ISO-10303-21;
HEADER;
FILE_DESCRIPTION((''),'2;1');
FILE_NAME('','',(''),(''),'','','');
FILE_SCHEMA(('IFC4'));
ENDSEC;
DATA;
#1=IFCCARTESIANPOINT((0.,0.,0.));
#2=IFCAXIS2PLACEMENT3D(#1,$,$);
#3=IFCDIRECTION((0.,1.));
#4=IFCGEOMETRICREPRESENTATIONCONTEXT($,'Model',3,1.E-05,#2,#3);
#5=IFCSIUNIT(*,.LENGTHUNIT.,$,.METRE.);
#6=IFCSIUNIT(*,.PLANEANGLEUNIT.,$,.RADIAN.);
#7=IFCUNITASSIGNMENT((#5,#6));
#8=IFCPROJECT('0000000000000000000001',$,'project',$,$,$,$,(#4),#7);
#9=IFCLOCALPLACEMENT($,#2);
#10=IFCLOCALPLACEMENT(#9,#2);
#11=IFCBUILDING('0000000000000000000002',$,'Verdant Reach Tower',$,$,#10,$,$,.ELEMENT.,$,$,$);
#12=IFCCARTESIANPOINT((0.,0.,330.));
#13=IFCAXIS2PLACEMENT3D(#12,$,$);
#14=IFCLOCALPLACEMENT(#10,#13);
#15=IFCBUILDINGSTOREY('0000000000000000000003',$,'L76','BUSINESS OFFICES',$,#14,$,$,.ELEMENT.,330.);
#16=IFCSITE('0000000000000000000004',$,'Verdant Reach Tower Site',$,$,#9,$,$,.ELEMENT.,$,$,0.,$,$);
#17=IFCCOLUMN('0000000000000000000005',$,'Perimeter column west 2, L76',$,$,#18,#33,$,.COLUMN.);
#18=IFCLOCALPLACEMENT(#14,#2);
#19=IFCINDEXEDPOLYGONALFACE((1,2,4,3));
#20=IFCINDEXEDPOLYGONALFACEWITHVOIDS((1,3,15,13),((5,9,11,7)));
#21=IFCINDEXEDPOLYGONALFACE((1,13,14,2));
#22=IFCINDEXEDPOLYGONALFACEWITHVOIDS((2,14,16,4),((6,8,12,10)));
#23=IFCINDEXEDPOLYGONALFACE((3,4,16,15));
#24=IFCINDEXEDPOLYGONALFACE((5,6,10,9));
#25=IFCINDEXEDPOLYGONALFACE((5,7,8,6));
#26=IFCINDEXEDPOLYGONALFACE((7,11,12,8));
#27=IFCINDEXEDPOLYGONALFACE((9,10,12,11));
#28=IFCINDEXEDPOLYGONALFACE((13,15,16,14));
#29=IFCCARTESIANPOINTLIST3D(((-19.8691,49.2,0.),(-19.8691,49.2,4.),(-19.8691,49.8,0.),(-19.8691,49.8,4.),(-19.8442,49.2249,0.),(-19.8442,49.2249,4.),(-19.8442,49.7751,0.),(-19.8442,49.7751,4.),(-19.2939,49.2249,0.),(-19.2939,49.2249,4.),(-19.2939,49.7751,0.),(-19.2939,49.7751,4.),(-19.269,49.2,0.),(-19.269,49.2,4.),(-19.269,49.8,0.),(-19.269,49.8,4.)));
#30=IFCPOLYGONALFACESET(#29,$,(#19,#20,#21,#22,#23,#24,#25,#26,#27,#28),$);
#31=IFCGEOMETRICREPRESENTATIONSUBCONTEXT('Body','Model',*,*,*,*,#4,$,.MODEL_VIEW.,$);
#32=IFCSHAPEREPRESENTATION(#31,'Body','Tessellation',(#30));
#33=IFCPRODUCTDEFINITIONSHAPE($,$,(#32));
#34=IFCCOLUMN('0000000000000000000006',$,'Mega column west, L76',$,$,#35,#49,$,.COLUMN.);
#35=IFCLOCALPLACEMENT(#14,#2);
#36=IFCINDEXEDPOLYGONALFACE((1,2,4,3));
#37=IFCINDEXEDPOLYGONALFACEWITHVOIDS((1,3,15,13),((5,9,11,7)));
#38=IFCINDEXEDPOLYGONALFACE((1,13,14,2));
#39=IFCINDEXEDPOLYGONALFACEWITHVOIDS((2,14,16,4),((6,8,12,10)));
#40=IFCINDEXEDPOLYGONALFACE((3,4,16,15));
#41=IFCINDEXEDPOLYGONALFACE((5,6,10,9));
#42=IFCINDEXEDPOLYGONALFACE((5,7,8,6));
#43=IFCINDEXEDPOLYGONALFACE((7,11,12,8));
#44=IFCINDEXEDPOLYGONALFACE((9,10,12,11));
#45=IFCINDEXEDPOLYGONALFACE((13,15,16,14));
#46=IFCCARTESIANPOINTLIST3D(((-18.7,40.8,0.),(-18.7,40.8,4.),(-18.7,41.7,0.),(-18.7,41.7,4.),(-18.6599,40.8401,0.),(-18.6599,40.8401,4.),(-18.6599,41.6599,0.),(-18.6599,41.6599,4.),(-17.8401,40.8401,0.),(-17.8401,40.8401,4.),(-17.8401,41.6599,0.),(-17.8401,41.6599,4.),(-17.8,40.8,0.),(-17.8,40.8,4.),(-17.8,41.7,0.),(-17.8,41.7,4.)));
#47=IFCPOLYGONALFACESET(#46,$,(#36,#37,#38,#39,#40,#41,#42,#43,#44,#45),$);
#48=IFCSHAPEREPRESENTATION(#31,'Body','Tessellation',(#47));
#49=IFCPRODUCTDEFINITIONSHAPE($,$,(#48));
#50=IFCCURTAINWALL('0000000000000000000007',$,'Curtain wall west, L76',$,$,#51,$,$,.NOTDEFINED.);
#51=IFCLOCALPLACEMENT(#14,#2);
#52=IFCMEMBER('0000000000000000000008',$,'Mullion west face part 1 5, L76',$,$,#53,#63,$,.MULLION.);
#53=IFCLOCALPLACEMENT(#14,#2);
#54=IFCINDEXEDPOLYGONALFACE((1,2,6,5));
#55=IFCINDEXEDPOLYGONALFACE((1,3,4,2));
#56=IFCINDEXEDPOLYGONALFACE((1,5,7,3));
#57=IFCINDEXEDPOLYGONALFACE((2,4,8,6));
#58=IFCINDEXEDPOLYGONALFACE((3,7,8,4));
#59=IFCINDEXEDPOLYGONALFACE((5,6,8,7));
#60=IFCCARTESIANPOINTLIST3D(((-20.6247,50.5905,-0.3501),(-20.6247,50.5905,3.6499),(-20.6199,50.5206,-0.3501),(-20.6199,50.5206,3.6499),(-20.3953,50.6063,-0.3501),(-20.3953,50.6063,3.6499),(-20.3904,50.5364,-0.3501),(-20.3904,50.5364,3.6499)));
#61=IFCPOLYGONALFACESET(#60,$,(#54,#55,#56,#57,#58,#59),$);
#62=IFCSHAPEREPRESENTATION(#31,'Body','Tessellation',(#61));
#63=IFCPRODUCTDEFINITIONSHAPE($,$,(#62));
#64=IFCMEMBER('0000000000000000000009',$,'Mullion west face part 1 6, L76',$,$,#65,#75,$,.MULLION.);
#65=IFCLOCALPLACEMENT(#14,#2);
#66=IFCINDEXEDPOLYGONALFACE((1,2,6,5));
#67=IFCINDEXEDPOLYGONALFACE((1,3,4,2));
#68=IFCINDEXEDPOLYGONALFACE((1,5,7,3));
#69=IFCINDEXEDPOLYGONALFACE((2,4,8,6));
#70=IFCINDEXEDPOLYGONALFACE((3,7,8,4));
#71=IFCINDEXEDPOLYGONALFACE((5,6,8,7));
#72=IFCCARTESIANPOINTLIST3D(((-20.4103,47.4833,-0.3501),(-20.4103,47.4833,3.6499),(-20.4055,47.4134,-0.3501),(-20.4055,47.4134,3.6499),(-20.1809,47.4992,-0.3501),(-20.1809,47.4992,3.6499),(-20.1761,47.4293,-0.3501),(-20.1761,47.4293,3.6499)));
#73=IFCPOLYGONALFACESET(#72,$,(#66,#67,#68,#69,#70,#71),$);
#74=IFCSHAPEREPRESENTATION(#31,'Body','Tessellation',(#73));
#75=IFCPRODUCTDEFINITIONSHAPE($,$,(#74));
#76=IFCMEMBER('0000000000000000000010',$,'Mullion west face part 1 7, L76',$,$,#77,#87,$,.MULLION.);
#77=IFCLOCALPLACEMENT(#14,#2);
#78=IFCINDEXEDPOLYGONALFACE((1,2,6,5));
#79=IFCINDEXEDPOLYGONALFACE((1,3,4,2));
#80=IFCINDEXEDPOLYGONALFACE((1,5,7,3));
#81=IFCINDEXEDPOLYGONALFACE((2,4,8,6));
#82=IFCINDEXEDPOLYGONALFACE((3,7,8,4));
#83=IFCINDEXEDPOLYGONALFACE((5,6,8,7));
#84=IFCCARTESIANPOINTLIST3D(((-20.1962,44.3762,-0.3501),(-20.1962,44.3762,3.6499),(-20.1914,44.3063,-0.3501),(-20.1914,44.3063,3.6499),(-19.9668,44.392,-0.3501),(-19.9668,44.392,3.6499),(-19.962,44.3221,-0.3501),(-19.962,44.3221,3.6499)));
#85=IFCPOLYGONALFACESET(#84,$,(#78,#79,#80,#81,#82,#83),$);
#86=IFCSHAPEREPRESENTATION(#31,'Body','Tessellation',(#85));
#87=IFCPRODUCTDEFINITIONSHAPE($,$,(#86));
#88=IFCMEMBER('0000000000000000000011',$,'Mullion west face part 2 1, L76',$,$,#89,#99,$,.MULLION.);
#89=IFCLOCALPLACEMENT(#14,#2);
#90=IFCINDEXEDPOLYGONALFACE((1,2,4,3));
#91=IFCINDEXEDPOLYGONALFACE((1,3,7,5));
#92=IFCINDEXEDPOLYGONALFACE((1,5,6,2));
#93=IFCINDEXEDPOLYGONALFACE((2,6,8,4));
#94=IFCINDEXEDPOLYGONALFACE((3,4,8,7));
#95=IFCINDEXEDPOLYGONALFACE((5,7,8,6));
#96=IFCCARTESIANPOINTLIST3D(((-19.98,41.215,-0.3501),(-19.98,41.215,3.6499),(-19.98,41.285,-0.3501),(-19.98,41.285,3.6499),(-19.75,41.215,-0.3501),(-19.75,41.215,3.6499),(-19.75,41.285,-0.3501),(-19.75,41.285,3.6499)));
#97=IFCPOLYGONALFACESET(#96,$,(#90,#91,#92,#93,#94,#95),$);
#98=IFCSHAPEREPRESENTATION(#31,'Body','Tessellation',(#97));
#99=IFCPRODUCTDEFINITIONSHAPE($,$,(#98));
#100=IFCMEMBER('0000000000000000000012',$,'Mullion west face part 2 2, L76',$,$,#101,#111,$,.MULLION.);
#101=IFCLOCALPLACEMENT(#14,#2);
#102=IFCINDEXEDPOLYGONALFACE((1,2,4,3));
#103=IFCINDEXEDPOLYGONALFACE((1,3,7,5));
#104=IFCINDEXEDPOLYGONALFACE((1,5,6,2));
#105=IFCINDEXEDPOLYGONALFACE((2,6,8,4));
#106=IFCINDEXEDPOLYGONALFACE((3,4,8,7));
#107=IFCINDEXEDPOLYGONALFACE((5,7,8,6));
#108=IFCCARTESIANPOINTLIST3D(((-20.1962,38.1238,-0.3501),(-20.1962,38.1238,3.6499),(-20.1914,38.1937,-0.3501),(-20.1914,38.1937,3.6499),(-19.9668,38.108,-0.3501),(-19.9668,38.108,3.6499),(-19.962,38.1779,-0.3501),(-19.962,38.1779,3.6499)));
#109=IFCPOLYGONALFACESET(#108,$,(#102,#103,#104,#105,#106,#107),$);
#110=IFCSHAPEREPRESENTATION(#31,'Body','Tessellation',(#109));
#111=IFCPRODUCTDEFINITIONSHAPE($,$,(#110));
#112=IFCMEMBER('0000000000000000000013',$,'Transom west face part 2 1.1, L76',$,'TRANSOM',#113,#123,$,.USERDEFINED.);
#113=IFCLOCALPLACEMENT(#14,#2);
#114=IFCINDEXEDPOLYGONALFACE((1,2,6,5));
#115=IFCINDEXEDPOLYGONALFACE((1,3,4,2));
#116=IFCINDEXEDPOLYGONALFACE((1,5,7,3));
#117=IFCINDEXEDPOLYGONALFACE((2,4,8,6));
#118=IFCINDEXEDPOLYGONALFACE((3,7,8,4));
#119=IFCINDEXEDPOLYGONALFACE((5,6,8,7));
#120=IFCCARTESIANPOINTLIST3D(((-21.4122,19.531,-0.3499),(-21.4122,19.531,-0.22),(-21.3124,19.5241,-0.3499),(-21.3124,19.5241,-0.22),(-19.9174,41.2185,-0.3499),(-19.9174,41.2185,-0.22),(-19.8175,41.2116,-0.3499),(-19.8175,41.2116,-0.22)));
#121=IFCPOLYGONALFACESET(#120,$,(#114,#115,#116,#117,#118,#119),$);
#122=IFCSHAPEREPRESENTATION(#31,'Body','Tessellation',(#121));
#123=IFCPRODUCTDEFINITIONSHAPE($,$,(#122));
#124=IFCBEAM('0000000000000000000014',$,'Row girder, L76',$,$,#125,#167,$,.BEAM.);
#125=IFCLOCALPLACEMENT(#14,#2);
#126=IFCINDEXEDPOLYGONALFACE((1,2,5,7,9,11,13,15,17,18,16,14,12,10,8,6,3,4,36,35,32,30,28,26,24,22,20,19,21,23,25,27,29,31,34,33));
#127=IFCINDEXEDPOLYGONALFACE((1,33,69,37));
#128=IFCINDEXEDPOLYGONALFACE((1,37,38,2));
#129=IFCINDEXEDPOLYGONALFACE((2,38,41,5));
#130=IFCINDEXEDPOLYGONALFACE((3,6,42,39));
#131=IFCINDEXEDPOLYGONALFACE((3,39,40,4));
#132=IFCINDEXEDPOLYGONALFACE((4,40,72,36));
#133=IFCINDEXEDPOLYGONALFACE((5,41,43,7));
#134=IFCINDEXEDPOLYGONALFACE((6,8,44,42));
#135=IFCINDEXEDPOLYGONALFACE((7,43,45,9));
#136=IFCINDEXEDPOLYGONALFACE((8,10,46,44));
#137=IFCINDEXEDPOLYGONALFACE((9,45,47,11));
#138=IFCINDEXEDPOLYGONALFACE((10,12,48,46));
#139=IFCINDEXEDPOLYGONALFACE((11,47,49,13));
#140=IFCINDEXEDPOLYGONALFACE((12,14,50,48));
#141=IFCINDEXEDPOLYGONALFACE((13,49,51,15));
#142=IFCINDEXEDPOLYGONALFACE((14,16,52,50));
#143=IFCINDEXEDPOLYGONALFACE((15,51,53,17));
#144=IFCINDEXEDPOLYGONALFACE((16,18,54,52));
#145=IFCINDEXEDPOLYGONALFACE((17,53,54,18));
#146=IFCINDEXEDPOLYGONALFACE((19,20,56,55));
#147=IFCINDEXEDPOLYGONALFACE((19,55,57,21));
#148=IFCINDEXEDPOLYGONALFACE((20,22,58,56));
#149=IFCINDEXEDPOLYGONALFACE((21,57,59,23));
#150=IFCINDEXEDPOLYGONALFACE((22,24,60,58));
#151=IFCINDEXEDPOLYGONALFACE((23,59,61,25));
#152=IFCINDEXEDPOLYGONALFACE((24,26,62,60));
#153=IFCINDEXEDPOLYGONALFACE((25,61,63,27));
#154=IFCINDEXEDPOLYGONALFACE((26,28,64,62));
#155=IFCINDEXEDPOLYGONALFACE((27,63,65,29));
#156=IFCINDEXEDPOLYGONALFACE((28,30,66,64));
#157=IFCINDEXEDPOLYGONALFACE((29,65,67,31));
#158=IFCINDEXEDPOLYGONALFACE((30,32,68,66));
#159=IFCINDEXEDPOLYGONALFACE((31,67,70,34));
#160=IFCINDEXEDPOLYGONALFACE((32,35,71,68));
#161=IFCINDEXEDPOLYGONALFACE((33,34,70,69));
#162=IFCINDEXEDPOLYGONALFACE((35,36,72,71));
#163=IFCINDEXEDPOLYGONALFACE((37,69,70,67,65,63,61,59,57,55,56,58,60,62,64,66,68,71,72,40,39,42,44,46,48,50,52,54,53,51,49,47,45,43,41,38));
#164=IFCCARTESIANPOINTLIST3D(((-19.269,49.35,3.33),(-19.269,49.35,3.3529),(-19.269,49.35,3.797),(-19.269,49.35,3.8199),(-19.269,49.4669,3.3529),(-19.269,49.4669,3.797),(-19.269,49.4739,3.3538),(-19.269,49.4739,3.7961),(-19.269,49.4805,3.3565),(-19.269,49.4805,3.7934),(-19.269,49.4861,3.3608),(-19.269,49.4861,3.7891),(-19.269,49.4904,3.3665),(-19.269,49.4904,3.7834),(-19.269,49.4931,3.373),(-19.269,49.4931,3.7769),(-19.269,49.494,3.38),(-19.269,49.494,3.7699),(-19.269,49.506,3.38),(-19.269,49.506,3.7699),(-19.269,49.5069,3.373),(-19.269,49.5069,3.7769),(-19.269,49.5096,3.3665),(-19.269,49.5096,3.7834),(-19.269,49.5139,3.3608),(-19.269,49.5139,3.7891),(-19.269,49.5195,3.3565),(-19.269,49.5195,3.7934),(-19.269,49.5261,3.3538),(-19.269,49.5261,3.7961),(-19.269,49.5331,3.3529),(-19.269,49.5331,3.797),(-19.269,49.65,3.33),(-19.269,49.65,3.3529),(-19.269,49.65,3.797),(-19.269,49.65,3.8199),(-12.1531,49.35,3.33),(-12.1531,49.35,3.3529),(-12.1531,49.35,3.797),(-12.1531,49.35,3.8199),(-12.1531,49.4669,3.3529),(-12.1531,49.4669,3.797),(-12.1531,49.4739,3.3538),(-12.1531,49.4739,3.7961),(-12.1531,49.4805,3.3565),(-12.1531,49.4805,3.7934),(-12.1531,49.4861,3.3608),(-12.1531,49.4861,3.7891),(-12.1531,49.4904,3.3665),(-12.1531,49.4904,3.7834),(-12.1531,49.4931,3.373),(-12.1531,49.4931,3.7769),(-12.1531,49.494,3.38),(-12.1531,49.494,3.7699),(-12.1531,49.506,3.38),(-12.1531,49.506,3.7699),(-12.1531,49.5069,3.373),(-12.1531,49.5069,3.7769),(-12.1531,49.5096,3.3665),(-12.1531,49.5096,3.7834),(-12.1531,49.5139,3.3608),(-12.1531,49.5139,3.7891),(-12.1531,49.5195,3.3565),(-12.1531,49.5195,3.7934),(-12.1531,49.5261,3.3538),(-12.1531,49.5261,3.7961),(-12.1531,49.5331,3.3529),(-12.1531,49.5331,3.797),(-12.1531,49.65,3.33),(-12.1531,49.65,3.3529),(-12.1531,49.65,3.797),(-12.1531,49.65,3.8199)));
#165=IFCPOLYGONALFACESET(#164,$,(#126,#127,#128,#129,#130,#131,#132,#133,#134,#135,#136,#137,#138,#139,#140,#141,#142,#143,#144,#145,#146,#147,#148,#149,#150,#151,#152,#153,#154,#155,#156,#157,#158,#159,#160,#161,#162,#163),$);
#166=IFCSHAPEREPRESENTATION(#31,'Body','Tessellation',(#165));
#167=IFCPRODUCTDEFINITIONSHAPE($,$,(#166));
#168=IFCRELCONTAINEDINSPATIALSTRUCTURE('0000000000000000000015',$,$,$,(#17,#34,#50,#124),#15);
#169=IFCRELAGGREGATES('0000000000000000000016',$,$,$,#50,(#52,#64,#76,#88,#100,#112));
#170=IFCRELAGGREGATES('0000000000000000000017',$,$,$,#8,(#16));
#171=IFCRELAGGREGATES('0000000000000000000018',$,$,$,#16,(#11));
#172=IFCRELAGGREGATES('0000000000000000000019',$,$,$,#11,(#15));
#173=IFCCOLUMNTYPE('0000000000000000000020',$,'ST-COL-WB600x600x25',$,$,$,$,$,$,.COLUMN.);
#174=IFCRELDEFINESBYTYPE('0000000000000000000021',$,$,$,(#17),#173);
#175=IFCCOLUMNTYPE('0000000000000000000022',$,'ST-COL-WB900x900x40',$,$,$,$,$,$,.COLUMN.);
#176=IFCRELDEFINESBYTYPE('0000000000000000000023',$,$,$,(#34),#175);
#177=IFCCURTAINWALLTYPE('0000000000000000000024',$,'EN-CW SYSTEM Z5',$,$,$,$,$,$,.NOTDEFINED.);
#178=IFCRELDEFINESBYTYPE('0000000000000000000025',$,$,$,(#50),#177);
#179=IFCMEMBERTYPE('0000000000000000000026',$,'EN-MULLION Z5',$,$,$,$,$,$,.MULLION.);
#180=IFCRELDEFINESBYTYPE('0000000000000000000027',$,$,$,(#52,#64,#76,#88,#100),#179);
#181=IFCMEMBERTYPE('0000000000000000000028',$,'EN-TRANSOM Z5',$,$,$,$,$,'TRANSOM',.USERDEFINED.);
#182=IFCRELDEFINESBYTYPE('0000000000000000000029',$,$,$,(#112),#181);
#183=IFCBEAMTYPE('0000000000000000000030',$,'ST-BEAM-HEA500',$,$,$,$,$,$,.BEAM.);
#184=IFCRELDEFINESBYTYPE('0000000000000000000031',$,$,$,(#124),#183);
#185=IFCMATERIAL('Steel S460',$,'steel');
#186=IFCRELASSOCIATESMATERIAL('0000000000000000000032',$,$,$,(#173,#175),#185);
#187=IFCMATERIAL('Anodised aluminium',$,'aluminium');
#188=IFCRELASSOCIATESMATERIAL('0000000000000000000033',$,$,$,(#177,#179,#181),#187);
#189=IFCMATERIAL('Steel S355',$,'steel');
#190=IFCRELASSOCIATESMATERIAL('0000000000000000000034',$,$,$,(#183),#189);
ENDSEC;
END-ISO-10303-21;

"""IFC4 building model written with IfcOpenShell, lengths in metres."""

from ifc_helpers import new_model, si_unit, direction, frame, origin, origin_2d, place, context, subcontext, project, spatial, rectangle, hollow_rectangle, i_section, extrude, material, material_profile, profile_set, type_object, element, aggregate, save


model = new_model("IFC4")

# Units and contexts
model_context = context("Model", 3, precision=1e-05, world=origin(), true_north=direction((0.0, 1.0)))
body_context = subcontext(model_context, "Body", "Model", "MODEL_VIEW")
ifc_project = project(units=[si_unit("LENGTHUNIT", "METRE"), si_unit("PLANEANGLEUNIT", "RADIAN")], contexts=[model_context])

# Site, building, storey
site_placement = place(None, origin())
site = spatial("IfcSite", under=ifc_project, at=site_placement, Name="Verdant Reach Tower Site", CompositionType="ELEMENT", RefElevation=0.0)
building_placement = place(site_placement, origin())
building = spatial("IfcBuilding", under=site, at=building_placement, Name="Verdant Reach Tower", CompositionType="ELEMENT")
storey_placement = place(building_placement, frame((0.0, 0.0, 330.0)))
storey = spatial("IfcBuildingStorey", under=building, at=storey_placement, Name="L76", Description="BUSINESS OFFICES", CompositionType="ELEMENT", Elevation=330.0)

# Columns
ifc_material_1 = material(Name="Steel S460", Category="steel")
ifc_material_profile_1 = material_profile(ifc_material_1, hollow_rectangle(XDim=0.6001, YDim=0.6001, WallThickness=0.0249, at=origin_2d()), Name="WB 600x600x25")
ifc_profile_set_1 = profile_set([ifc_material_profile_1], Name="Steel S460")
column_type_1 = type_object("IfcColumnType", Name="ST-COL-WB600x600x25", PredefinedType="COLUMN", material=ifc_profile_set_1)
column_1_placement = place(storey_placement, frame((-19.5691, 49.5, 0.0), z_axis=(0.0, 0.0, 1.0), x_axis=(1.0, 0.0, 0.0)))
element("IfcColumn", 1, at=column_1_placement, inside=storey, type_object=column_type_1, Name="Perimeter column west 2, L76", PredefinedType="COLUMN", context=body_context, shape_type="SweptSolid", body=[
    extrude(hollow_rectangle(XDim=0.6001, YDim=0.6001, WallThickness=0.0249, at=origin_2d()), origin(), (0.0, 0.0, 1.0), 4.0),
])
ifc_material_profile_2 = material_profile(ifc_material_1, hollow_rectangle(XDim=0.8999, YDim=0.8999, WallThickness=0.04, at=origin_2d()), Name="WB 900x900x40")
ifc_profile_set_2 = profile_set([ifc_material_profile_2], Name="Steel S460")
column_type_2 = type_object("IfcColumnType", Name="ST-COL-WB900x900x40", PredefinedType="COLUMN", material=ifc_profile_set_2)
column_2_placement = place(storey_placement, frame((-18.25, 41.25, 0.0), z_axis=(0.0, 0.0, 1.0), x_axis=(1.0, 0.0, 0.0)))
element("IfcColumn", 2, at=column_2_placement, inside=storey, type_object=column_type_2, Name="Mega column west, L76", PredefinedType="COLUMN", context=body_context, shape_type="SweptSolid", body=[
    extrude(hollow_rectangle(XDim=0.8999, YDim=0.8999, WallThickness=0.04, at=origin_2d()), origin(), (0.0, 0.0, 1.0), 4.0),
])

# Curtain wall, members
ifc_material_2 = material(Name="Anodised aluminium", Category="aluminium")
curtain_wall_type = type_object("IfcCurtainWallType", Name="EN-CW SYSTEM Z5", PredefinedType="NOTDEFINED", material=ifc_material_2)
curtain_wall_placement = place(storey_placement, origin())
curtain_wall = element("IfcCurtainWall", 3, at=curtain_wall_placement, inside=storey, type_object=curtain_wall_type, Name="Curtain wall west, L76", PredefinedType="NOTDEFINED")
ifc_material_profile_3 = material_profile(ifc_material_2, rectangle(XDim=0.23, YDim=0.0701, at=origin_2d()), Name="Mullion 70x230")
ifc_profile_set_3 = profile_set([ifc_material_profile_3], Name="Anodised aluminium")
member_type_1 = type_object("IfcMemberType", Name="EN-MULLION Z5", PredefinedType="MULLION", material=ifc_profile_set_3)
member_1_placement = place(storey_placement, frame((-20.5076, 50.5635, -0.3501), z_axis=(0.0, 0.0, 1.0), x_axis=(-0.99763, -0.068802, 0.0)))
member_1 = element("IfcMember", 4, at=member_1_placement, type_object=member_type_1, Name="Mullion west face part 1 5, L76", PredefinedType="MULLION", context=body_context, shape_type="SweptSolid", body=[
    extrude(rectangle(XDim=0.23, YDim=0.0701, at=origin_2d()), origin(), (0.0, 0.0, 1.0), 4.0),
])
member_2_placement = place(storey_placement, frame((-20.2932, 47.4563, -0.3501), z_axis=(0.0, 0.0, 1.0), x_axis=(-0.99763, -0.068802, 0.0)))
member_2 = element("IfcMember", 5, at=member_2_placement, type_object=member_type_1, Name="Mullion west face part 1 6, L76", PredefinedType="MULLION", context=body_context, shape_type="SweptSolid", body=[
    extrude(rectangle(XDim=0.23, YDim=0.0701, at=origin_2d()), origin(), (0.0, 0.0, 1.0), 4.0),
])
member_3_placement = place(storey_placement, frame((-20.0791, 44.3491, -0.3501), z_axis=(0.0, 0.0, 1.0), x_axis=(-0.99763, -0.068802, 0.0)))
member_3 = element("IfcMember", 6, at=member_3_placement, type_object=member_type_1, Name="Mullion west face part 1 7, L76", PredefinedType="MULLION", context=body_context, shape_type="SweptSolid", body=[
    extrude(rectangle(XDim=0.23, YDim=0.0701, at=origin_2d()), origin(), (0.0, 0.0, 1.0), 4.0),
])
member_4_placement = place(storey_placement, frame((-19.865, 41.25, -0.3501), z_axis=(0.0, 0.0, 1.0), x_axis=(-1.0, 0.0, 0.0)))
member_4 = element("IfcMember", 7, at=member_4_placement, type_object=member_type_1, Name="Mullion west face part 2 1, L76", PredefinedType="MULLION", context=body_context, shape_type="SweptSolid", body=[
    extrude(rectangle(XDim=0.23, YDim=0.0701, at=origin_2d()), origin(), (0.0, 0.0, 1.0), 4.0),
])
member_5_placement = place(storey_placement, frame((-20.0791, 38.1509, -0.3501), z_axis=(0.0, 0.0, 1.0), x_axis=(-0.99763, 0.068802, 0.0)))
member_5 = element("IfcMember", 8, at=member_5_placement, type_object=member_type_1, Name="Mullion west face part 2 2, L76", PredefinedType="MULLION", context=body_context, shape_type="SweptSolid", body=[
    extrude(rectangle(XDim=0.23, YDim=0.0701, at=origin_2d()), origin(), (0.0, 0.0, 1.0), 4.0),
])
ifc_material_profile_4 = material_profile(ifc_material_2, rectangle(XDim=0.1001, YDim=0.1299, at=origin_2d()), Name="Transom 130x100")
ifc_profile_set_4 = profile_set([ifc_material_profile_4], Name="Anodised aluminium")
member_type_2 = type_object("IfcMemberType", Name="EN-TRANSOM Z5", ElementType="TRANSOM", PredefinedType="USERDEFINED", material=ifc_profile_set_4)
member_6_placement = place(storey_placement, frame((-19.8674, 41.2151, -0.2849), z_axis=(-0.068765, -0.997633, 0.0), x_axis=(0.997633, -0.068765, 0.0)))
member_6 = element("IfcMember", 9, at=member_6_placement, type_object=member_type_2, Name="Transom west face part 2 1.1, L76", ObjectType="TRANSOM", PredefinedType="USERDEFINED", context=body_context, shape_type="SweptSolid", body=[
    extrude(rectangle(XDim=0.1001, YDim=0.1299, at=origin_2d()), origin(), (0.0, 0.0, 1.0), 21.739),
])

# Beam
ifc_material_3 = material(Name="Steel S355", Category="steel")
ifc_material_profile_5 = material_profile(ifc_material_3, i_section(OverallWidth=0.3, OverallDepth=0.49, WebThickness=0.012, FlangeThickness=0.0229, FilletRadius=0.0271, at=origin_2d()), Name="HEA 500")
ifc_profile_set_5 = profile_set([ifc_material_profile_5], Name="Steel S355")
beam_type_1 = type_object("IfcBeamType", Name="ST-BEAM-HEA500", PredefinedType="BEAM", material=ifc_profile_set_5)
beam_1_placement = place(storey_placement, frame((-19.269, 49.5, 3.575), z_axis=(1.0, 0.0, 0.0), x_axis=(0.0, 1.0, 0.0)))
element("IfcBeam", 10, at=beam_1_placement, inside=storey, type_object=beam_type_1, Name="Row girder, L76", PredefinedType="BEAM", context=body_context, shape_type="SweptSolid", body=[
    extrude(i_section(OverallWidth=0.3, OverallDepth=0.49, WebThickness=0.012, FlangeThickness=0.0229, FilletRadius=0.0271, at=origin_2d()), origin(), (0.0, 0.0, 1.0), 7.116),
])

aggregate(curtain_wall, [member_1, member_2, member_3, member_4, member_5, member_6])

save(model, "model.ifc")
